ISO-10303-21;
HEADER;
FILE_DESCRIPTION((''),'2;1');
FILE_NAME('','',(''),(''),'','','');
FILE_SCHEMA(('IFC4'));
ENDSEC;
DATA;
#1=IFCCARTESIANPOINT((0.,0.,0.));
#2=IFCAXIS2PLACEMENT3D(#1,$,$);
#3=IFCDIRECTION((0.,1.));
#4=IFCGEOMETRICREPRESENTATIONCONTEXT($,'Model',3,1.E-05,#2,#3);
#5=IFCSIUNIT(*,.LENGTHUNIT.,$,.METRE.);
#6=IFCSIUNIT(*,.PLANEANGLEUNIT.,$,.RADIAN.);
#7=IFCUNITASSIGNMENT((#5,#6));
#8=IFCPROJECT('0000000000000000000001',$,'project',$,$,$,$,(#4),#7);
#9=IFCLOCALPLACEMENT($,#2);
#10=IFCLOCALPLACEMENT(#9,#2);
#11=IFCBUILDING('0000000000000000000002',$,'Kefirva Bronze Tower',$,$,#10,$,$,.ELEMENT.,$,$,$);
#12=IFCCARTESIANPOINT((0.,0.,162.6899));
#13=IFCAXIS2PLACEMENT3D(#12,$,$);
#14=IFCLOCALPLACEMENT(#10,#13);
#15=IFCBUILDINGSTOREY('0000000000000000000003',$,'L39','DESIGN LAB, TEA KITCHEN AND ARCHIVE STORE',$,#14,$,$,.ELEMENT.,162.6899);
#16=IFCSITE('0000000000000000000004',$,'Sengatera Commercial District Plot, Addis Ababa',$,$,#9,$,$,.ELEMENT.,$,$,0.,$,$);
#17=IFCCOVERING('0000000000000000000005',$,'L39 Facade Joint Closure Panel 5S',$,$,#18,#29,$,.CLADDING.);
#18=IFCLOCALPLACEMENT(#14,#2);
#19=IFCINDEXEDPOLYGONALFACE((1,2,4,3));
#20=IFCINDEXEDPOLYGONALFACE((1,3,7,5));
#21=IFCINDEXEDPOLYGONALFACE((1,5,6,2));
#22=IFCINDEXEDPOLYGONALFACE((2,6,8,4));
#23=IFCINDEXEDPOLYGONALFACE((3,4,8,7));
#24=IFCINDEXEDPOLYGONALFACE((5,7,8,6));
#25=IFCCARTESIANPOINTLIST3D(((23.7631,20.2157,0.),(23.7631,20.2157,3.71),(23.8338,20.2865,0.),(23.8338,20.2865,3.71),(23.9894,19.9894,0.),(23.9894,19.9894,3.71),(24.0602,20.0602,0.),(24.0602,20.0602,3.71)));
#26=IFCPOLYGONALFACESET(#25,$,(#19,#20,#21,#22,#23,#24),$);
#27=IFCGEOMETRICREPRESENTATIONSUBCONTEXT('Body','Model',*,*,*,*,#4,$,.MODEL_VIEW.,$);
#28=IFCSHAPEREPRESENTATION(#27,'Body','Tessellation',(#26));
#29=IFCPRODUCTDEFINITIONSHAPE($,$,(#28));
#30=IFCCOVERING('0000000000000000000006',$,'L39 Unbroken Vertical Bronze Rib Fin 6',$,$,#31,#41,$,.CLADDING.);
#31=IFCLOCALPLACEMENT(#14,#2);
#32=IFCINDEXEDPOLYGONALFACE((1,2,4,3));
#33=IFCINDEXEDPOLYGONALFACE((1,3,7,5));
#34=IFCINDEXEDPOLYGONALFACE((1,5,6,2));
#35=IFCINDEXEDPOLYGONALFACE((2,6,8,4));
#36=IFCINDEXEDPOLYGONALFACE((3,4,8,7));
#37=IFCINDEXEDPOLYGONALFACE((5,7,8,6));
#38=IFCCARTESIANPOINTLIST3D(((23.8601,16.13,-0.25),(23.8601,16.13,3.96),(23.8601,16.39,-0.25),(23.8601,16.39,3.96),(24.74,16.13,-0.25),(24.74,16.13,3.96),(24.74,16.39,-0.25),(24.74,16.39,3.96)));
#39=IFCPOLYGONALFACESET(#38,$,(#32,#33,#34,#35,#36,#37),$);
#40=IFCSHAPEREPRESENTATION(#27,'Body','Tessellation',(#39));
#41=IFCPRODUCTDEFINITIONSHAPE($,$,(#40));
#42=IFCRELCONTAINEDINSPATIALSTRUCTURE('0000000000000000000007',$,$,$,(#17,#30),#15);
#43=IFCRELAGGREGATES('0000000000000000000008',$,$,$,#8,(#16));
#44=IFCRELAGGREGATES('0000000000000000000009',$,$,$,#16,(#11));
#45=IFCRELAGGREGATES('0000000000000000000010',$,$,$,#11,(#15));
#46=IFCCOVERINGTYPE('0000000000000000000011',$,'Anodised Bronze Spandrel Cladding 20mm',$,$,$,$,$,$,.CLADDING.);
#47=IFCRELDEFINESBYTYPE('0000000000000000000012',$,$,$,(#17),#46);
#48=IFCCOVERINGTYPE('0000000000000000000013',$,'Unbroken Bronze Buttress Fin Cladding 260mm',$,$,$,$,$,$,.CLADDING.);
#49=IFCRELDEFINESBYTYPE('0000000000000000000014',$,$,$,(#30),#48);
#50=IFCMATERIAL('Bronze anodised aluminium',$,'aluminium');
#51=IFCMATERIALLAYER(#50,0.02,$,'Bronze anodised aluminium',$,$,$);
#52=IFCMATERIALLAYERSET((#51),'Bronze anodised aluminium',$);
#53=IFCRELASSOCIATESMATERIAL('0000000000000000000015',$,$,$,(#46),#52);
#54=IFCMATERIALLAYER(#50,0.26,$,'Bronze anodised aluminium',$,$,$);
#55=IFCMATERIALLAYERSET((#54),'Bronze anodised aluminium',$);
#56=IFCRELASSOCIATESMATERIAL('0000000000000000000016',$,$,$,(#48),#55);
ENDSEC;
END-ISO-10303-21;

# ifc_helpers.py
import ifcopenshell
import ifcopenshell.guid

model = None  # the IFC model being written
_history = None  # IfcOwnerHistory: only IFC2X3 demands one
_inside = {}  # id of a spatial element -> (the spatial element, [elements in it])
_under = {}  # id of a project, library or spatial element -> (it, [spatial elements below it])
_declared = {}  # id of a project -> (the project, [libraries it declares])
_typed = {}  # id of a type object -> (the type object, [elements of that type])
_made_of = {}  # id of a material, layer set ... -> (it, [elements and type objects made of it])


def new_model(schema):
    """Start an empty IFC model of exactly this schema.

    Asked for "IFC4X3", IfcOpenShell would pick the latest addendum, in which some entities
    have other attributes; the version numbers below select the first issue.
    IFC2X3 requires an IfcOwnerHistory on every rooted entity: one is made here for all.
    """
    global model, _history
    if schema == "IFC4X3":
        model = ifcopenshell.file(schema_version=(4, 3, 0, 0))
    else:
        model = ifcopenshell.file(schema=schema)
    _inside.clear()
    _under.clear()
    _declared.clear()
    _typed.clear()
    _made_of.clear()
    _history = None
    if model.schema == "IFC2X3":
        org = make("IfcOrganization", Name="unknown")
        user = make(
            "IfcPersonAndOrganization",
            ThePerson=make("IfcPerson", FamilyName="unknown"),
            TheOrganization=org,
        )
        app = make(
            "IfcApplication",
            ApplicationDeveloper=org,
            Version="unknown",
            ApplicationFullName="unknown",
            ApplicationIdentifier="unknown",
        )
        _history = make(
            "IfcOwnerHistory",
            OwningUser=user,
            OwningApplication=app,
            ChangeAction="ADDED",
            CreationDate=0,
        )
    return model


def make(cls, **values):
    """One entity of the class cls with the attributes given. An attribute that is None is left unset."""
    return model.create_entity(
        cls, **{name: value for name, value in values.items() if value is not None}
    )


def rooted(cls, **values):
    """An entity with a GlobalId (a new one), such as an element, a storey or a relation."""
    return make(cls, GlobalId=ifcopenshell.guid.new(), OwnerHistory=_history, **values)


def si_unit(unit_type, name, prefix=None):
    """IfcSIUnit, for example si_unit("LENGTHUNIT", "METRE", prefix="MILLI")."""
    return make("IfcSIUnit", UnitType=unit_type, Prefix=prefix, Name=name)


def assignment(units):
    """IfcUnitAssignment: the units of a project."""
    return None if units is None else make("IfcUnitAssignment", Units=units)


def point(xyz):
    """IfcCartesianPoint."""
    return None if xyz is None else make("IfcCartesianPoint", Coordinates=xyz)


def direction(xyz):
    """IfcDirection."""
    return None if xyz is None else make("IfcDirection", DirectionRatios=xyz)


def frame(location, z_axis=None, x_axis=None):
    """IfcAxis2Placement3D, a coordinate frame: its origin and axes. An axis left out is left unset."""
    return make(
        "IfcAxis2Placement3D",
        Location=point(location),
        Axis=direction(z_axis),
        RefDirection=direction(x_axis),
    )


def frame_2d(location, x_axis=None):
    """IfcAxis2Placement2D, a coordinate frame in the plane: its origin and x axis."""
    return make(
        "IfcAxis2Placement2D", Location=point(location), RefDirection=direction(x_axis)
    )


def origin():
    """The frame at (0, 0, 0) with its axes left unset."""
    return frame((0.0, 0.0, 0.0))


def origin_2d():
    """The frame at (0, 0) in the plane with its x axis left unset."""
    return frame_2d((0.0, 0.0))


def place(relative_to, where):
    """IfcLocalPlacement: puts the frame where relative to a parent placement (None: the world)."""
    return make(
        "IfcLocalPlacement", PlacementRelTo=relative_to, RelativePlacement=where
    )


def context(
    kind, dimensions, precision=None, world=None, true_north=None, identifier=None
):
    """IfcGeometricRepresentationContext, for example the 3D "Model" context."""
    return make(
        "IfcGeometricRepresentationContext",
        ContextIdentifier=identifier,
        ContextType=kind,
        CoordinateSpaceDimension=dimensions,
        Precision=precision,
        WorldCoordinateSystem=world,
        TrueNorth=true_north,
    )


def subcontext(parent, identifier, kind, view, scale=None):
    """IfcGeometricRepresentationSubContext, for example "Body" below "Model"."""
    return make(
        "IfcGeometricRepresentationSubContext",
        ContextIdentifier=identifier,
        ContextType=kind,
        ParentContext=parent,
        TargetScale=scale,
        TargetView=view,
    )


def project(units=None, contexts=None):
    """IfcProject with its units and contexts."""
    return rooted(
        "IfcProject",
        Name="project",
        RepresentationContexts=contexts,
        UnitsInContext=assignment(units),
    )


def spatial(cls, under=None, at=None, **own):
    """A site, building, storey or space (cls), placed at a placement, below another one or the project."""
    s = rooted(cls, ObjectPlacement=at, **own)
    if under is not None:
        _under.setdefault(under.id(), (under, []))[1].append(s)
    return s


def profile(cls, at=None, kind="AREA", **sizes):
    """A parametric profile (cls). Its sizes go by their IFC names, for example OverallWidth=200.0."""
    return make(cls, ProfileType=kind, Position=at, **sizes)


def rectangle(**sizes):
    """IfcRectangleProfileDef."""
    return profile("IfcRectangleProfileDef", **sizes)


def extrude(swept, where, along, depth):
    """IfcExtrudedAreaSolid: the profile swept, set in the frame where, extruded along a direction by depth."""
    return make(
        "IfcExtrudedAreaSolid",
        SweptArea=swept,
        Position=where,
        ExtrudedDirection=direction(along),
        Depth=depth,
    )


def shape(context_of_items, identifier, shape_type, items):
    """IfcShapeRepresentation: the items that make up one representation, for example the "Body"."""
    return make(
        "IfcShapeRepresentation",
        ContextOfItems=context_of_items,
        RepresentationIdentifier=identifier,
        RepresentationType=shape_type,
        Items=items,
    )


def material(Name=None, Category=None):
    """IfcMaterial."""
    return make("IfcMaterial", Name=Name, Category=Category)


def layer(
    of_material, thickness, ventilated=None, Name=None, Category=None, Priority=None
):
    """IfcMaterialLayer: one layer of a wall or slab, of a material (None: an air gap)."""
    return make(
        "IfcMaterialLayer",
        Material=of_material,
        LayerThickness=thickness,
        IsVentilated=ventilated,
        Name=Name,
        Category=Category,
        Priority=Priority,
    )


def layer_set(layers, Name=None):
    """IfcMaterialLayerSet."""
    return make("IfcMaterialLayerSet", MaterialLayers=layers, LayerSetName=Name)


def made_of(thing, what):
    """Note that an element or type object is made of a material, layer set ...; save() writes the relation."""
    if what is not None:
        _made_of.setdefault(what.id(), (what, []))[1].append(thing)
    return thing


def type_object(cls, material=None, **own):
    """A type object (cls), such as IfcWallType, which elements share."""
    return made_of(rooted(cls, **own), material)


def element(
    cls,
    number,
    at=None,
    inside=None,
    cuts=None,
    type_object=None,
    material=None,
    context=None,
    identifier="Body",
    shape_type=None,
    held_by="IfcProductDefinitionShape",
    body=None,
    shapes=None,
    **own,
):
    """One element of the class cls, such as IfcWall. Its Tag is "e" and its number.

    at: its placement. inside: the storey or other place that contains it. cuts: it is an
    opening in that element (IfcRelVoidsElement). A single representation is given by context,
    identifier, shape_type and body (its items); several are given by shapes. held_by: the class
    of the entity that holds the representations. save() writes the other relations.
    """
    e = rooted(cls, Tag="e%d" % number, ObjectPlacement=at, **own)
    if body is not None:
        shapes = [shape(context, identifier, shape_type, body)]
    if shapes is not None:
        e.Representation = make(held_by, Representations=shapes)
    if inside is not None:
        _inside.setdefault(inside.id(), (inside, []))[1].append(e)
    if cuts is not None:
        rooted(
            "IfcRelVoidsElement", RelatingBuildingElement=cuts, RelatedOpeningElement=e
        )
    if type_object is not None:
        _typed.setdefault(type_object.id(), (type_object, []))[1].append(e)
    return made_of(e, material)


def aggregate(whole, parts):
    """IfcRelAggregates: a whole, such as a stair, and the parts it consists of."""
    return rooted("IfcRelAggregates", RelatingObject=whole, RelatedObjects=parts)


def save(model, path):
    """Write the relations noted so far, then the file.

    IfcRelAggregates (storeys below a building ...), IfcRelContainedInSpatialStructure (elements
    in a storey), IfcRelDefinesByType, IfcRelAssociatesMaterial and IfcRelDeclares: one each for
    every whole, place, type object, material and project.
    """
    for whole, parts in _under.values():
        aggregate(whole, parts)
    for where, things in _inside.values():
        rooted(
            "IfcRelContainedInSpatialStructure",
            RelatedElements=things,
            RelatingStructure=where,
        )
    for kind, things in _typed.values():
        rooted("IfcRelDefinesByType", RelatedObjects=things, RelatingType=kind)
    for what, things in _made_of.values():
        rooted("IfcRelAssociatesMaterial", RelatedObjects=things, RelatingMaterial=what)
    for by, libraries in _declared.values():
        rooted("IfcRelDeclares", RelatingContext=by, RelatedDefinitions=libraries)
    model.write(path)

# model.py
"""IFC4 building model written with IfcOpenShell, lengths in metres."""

from ifc_helpers import new_model, si_unit, direction, frame, origin, origin_2d, place, context, subcontext, project, spatial, rectangle, extrude, material, layer, layer_set, type_object, element, save


model = new_model("IFC4")

# Units and contexts
model_context = context("Model", 3, precision=1e-05, world=origin(), true_north=direction((0.0, 1.0)))
body_context = subcontext(model_context, "Body", "Model", "MODEL_VIEW")
ifc_project = project(units=[si_unit("LENGTHUNIT", "METRE"), si_unit("PLANEANGLEUNIT", "RADIAN")], contexts=[model_context])

# Site, building, storey
site_placement = place(None, origin())
site = spatial("IfcSite", under=ifc_project, at=site_placement, Name="Sengatera Commercial District Plot, Addis Ababa", CompositionType="ELEMENT", RefElevation=0.0)
building_placement = place(site_placement, origin())
building = spatial("IfcBuilding", under=site, at=building_placement, Name="Kefirva Bronze Tower", CompositionType="ELEMENT")
storey_placement = place(building_placement, frame((0.0, 0.0, 162.6899)))
storey = spatial("IfcBuildingStorey", under=building, at=storey_placement, Name="L39", Description="DESIGN LAB, TEA KITCHEN AND ARCHIVE STORE", CompositionType="ELEMENT", Elevation=162.6899)

# Shared definitions
ifc_material_1 = material(Name="Bronze anodised aluminium", Category="aluminium")

# Coverings
ifc_layer_1 = layer(ifc_material_1, 0.02, Name="Bronze anodised aluminium")
ifc_layer_set_1 = layer_set([ifc_layer_1], Name="Bronze anodised aluminium")
covering_type_1 = type_object("IfcCoveringType", Name="Anodised Bronze Spandrel Cladding 20mm", PredefinedType="CLADDING", material=ifc_layer_set_1)
covering_1_placement = place(storey_placement, frame((23.9116, 20.1379, 0.0), z_axis=(0.0, 0.0, 1.0), x_axis=(0.707107, 0.707107, 0.0)))
element("IfcCovering", 1, at=covering_1_placement, inside=storey, type_object=covering_type_1, Name="L39 Facade Joint Closure Panel 5S", PredefinedType="CLADDING", context=body_context, shape_type="SweptSolid", body=[
    extrude(rectangle(XDim=0.1001, YDim=0.3201, at=origin_2d()), origin(), (0.0, 0.0, 1.0), 3.71),
])
ifc_layer_2 = layer(ifc_material_1, 0.26, Name="Bronze anodised aluminium")
ifc_layer_set_2 = layer_set([ifc_layer_2], Name="Bronze anodised aluminium")
covering_type_2 = type_object("IfcCoveringType", Name="Unbroken Bronze Buttress Fin Cladding 260mm", PredefinedType="CLADDING", material=ifc_layer_set_2)
covering_2_placement = place(storey_placement, frame((24.3, 16.26, -0.25), z_axis=(0.0, 0.0, 1.0), x_axis=(0.0, 1.0, 0.0)))
element("IfcCovering", 2, at=covering_2_placement, inside=storey, type_object=covering_type_2, Name="L39 Unbroken Vertical Bronze Rib Fin 6", PredefinedType="CLADDING", context=body_context, shape_type="SweptSolid", body=[
    extrude(rectangle(XDim=0.26, YDim=0.8799, at=origin_2d()), origin(), (0.0, 0.0, 1.0), 4.21),
])

save(model, "model.ifc")
